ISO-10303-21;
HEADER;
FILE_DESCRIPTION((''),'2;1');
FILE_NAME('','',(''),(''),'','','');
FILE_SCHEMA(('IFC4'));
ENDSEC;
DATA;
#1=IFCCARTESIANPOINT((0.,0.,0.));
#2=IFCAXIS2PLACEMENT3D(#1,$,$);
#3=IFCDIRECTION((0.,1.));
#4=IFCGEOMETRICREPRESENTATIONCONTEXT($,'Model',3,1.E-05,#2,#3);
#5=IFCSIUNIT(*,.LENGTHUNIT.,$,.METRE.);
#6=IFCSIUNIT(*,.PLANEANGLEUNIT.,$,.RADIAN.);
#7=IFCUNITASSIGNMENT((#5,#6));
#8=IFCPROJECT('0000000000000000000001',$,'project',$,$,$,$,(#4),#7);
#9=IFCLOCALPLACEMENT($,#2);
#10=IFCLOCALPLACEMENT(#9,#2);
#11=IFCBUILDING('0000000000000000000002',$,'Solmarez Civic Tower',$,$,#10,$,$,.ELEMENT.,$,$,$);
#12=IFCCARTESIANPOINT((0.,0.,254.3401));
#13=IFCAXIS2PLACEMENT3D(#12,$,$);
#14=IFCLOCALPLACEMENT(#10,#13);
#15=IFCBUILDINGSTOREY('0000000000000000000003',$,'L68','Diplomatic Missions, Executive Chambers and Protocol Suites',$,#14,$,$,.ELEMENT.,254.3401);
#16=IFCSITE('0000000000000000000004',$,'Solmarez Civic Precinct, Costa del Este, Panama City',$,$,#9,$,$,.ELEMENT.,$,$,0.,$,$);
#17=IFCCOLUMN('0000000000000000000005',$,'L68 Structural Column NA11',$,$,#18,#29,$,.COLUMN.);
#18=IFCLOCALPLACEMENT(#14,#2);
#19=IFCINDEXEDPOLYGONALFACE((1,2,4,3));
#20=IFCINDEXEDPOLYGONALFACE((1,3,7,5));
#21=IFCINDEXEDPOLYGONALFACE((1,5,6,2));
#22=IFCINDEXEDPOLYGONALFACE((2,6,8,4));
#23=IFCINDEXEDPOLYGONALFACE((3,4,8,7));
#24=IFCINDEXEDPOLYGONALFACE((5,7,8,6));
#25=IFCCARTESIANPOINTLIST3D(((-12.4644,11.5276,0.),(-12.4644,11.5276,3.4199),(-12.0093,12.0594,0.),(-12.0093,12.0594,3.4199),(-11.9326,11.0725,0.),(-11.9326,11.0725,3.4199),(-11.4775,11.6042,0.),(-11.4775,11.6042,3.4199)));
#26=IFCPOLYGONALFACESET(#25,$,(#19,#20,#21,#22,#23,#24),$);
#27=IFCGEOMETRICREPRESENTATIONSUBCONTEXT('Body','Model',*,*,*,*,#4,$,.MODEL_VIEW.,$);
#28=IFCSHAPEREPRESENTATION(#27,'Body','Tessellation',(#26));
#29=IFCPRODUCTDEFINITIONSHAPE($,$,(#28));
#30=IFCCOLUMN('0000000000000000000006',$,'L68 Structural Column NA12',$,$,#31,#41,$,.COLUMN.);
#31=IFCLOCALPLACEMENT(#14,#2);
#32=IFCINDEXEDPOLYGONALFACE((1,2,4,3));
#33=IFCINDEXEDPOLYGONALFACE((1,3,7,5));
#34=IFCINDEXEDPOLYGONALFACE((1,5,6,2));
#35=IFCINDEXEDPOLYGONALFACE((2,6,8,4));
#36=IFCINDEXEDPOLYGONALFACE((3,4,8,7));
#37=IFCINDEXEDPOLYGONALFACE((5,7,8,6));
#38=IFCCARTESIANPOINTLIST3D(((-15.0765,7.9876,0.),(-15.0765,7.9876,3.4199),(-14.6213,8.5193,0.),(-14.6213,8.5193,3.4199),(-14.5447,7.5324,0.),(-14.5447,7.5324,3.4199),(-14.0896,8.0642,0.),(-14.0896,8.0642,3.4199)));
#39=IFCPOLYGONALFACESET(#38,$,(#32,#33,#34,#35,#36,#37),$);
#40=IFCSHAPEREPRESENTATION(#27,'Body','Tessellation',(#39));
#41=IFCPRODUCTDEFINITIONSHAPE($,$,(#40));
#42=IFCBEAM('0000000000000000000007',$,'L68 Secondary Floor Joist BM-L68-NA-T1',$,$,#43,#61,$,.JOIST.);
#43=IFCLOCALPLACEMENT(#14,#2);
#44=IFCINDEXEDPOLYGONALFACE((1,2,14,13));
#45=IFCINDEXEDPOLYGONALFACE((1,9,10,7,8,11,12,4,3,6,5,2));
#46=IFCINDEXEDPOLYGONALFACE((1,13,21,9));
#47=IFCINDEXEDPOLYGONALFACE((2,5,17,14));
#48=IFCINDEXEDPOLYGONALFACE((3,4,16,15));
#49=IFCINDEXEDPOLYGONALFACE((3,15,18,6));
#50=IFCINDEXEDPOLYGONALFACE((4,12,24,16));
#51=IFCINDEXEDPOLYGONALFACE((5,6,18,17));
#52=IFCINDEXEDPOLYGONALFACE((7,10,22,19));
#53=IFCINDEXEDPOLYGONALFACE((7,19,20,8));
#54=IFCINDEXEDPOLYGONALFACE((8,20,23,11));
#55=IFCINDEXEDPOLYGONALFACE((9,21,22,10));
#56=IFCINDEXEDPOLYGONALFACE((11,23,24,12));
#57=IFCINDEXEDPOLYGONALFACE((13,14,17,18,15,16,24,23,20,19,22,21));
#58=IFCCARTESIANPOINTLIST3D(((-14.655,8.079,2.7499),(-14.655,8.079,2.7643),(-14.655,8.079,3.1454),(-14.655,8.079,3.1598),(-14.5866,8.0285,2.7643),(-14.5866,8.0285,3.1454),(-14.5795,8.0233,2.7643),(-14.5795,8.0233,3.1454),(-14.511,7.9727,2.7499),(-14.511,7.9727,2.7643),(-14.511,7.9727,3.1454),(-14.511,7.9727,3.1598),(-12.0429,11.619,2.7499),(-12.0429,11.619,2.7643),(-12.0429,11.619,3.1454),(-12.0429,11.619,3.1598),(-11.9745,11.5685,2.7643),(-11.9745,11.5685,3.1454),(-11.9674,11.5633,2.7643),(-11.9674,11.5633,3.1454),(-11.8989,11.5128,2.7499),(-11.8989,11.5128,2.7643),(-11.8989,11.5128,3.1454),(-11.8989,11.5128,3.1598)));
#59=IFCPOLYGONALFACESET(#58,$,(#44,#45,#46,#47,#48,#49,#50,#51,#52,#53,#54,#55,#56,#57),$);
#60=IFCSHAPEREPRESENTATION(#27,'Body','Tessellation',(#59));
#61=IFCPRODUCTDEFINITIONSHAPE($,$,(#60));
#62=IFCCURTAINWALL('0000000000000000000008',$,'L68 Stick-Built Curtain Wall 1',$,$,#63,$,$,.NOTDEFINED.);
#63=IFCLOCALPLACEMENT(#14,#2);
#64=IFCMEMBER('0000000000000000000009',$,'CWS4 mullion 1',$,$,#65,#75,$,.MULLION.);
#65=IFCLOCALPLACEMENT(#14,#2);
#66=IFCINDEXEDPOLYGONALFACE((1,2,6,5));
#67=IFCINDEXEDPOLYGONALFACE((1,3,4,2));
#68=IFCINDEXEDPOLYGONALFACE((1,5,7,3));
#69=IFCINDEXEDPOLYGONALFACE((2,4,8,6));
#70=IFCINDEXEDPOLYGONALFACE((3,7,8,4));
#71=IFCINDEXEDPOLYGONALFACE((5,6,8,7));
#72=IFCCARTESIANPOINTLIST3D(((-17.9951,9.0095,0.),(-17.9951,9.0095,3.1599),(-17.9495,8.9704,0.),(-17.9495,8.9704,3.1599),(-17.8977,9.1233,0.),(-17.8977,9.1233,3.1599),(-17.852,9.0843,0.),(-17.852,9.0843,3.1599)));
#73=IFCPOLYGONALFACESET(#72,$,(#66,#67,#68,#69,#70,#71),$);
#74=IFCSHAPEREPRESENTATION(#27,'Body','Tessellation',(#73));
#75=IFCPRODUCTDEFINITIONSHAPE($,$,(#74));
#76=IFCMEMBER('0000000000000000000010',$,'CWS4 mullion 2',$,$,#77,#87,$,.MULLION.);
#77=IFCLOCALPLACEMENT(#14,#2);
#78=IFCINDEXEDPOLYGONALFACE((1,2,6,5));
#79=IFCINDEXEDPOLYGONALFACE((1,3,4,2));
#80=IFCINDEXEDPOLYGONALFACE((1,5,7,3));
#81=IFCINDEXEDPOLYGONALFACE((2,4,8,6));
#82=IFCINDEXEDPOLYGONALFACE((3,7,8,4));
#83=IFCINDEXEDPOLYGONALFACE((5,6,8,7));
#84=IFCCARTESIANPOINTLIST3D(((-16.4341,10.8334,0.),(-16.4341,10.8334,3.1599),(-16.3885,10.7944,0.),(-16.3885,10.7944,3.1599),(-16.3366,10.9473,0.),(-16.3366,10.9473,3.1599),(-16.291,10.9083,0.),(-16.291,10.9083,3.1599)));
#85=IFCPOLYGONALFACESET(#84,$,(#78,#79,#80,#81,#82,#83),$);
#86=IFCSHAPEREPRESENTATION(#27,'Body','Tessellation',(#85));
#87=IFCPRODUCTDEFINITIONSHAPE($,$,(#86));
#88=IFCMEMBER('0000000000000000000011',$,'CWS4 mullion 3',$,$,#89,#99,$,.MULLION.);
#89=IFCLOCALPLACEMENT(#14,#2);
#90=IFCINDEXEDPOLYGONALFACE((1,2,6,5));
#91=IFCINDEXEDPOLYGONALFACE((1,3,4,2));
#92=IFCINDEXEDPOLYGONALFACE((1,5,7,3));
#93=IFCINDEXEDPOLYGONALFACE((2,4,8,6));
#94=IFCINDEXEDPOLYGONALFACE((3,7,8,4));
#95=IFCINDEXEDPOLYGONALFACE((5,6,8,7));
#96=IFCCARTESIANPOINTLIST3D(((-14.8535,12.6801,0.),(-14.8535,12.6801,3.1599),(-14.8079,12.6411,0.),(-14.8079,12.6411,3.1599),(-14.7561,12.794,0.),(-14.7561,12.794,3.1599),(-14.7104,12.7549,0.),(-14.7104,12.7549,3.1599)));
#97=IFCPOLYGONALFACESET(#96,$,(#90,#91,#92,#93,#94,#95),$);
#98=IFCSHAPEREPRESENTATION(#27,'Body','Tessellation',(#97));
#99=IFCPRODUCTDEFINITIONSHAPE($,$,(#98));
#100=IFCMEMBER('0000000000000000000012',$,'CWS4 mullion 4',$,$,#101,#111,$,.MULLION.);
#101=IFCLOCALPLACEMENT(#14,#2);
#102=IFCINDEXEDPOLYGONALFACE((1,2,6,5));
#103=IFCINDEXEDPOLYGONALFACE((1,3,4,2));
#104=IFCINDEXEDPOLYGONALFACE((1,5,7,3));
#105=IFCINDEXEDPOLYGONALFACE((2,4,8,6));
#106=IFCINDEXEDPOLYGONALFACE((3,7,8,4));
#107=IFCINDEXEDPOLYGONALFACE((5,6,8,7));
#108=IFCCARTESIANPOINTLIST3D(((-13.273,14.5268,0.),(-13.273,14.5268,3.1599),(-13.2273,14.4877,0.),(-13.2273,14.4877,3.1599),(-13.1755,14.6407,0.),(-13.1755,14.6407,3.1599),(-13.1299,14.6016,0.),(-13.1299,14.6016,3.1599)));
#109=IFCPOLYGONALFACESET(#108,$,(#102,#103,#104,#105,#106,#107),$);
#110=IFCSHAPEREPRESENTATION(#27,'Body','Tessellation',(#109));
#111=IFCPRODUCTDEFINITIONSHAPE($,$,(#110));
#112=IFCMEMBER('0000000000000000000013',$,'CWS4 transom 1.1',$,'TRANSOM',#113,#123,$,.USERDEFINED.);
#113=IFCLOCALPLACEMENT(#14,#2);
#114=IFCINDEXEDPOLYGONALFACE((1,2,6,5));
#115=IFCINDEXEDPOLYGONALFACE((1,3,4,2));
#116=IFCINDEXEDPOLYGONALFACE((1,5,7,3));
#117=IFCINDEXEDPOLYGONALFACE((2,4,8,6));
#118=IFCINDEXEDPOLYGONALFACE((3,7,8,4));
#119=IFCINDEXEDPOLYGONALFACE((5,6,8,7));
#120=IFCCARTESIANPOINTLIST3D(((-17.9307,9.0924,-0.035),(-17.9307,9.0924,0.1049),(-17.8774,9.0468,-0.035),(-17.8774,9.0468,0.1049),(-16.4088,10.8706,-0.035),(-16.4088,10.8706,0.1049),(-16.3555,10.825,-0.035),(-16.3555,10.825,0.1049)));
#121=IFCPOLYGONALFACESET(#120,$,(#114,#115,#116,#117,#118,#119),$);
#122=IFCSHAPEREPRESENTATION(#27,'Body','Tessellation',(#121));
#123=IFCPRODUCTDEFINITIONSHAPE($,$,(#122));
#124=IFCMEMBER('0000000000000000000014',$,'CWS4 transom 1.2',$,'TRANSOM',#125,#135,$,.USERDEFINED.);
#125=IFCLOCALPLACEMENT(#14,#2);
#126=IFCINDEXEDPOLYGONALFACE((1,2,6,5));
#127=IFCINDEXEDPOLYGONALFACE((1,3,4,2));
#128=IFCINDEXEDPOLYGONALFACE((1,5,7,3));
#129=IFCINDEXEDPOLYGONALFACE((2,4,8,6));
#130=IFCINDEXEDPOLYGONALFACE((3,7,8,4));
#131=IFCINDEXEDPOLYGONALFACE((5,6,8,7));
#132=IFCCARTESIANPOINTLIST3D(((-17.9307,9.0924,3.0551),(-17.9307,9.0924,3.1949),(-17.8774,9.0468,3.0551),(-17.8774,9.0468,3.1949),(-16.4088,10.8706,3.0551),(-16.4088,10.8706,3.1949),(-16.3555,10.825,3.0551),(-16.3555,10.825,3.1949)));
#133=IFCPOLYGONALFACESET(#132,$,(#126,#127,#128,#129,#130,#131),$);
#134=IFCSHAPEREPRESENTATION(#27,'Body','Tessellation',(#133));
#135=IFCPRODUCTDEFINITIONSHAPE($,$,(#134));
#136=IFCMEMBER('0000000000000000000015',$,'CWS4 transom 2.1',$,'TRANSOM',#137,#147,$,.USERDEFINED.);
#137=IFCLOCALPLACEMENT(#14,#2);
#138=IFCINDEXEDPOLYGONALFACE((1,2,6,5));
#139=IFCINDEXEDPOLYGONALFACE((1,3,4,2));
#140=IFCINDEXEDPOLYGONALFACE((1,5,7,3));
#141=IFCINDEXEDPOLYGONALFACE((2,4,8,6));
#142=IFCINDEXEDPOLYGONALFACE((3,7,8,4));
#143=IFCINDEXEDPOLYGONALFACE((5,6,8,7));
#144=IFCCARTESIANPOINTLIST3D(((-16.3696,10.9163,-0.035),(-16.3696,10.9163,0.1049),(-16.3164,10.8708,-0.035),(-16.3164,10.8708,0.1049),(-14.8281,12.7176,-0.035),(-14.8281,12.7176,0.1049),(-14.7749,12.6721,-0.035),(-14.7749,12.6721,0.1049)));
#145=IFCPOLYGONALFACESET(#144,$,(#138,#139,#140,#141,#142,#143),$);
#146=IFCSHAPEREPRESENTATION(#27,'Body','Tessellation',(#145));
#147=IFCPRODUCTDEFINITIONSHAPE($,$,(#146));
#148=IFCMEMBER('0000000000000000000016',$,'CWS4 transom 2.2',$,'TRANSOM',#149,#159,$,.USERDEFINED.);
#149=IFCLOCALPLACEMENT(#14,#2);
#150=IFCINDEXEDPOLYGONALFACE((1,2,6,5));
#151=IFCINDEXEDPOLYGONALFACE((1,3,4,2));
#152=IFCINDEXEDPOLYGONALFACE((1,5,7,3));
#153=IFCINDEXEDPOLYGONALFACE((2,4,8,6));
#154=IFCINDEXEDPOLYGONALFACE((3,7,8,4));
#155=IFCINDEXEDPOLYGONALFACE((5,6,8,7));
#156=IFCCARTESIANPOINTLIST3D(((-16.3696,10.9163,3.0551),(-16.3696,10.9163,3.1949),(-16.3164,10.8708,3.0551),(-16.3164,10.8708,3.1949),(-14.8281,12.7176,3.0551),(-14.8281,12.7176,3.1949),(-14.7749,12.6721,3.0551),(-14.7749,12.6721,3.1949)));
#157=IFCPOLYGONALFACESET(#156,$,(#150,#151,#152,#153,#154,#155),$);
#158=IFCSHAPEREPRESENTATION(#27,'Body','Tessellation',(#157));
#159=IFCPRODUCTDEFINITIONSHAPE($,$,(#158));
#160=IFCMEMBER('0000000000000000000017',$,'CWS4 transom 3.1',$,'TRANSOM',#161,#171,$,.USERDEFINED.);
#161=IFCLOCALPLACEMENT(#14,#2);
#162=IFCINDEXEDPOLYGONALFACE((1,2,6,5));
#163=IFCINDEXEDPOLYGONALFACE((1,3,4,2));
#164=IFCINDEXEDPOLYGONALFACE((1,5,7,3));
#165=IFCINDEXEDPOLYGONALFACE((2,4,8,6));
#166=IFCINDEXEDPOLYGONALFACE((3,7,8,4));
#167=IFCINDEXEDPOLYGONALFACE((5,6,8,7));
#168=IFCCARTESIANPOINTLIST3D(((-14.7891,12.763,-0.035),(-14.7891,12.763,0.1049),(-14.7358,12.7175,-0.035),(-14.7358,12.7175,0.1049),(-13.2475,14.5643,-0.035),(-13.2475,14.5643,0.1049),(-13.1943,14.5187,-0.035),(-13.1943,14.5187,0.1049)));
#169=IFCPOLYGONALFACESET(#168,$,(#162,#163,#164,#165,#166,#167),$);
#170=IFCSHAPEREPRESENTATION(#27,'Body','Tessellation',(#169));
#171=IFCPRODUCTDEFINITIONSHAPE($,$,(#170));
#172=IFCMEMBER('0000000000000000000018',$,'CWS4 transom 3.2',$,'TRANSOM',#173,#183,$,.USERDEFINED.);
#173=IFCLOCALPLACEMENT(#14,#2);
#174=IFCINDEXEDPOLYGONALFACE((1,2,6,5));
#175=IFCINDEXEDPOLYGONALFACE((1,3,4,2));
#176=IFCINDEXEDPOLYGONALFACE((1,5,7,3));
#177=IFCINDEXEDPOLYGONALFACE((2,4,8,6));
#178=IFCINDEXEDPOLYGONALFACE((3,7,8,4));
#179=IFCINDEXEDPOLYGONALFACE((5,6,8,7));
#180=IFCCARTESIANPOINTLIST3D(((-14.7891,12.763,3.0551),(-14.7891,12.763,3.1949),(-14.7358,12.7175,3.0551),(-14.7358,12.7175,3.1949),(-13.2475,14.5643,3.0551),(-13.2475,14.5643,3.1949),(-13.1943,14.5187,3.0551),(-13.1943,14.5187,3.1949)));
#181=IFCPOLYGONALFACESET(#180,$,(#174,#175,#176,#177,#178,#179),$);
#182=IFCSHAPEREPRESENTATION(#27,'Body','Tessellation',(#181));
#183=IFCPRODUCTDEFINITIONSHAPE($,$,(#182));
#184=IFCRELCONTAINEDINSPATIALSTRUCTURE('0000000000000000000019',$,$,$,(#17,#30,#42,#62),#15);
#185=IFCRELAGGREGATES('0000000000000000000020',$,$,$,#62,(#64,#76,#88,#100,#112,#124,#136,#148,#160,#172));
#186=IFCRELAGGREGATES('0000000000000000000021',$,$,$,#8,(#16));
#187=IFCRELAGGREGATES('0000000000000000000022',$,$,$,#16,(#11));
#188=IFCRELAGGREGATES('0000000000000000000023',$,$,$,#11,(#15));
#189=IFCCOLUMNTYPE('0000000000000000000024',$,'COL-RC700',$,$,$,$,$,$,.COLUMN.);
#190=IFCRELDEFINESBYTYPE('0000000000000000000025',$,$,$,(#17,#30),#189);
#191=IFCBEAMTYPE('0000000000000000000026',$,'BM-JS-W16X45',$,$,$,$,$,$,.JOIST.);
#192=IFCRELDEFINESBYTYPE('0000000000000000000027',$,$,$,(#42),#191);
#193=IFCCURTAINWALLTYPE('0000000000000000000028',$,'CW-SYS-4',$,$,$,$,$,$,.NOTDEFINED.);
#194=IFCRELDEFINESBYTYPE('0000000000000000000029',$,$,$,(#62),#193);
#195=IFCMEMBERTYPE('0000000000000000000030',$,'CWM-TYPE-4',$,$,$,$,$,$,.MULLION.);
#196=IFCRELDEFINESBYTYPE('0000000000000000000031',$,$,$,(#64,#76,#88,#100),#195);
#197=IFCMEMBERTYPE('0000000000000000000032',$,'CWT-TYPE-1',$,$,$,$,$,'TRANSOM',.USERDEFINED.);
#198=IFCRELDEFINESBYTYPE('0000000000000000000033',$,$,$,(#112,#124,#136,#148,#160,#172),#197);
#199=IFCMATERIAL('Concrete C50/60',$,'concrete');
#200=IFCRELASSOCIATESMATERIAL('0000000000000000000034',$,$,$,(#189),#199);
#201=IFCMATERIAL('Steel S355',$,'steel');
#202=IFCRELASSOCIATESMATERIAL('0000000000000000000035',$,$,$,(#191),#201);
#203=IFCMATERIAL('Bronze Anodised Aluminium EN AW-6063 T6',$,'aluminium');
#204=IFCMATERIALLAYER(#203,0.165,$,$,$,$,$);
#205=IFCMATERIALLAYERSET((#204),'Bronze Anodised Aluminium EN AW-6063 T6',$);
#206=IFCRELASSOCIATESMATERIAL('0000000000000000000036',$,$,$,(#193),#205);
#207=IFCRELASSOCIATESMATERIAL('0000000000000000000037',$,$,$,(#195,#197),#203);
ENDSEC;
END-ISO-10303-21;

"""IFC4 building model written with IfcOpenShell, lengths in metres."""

from ifc_helpers import new_model, si_unit, direction, frame, origin, origin_2d, place, context, subcontext, project, spatial, rectangle, i_section, extrude, material, layer, layer_set, material_profile, profile_set, type_object, element, aggregate, save


model = new_model("IFC4")

# Units and contexts
model_context = context("Model", 3, precision=1e-05, world=origin(), true_north=direction((0.0, 1.0)))
body_context = subcontext(model_context, "Body", "Model", "MODEL_VIEW")
ifc_project = project(units=[si_unit("LENGTHUNIT", "METRE"), si_unit("PLANEANGLEUNIT", "RADIAN")], contexts=[model_context])

# Site, building, storey
site_placement = place(None, origin())
site = spatial("IfcSite", under=ifc_project, at=site_placement, Name="Solmarez Civic Precinct, Costa del Este, Panama City", CompositionType="ELEMENT", RefElevation=0.0)
building_placement = place(site_placement, origin())
building = spatial("IfcBuilding", under=site, at=building_placement, Name="Solmarez Civic Tower", CompositionType="ELEMENT")
storey_placement = place(building_placement, frame((0.0, 0.0, 254.3401)))
storey = spatial("IfcBuildingStorey", under=building, at=storey_placement, Name="L68", Description="Diplomatic Missions, Executive Chambers and Protocol Suites", CompositionType="ELEMENT", Elevation=254.3401)

# Columns
ifc_material_1 = material(Name="Concrete C50/60", Category="concrete")
ifc_material_profile_1 = material_profile(ifc_material_1, rectangle(XDim=0.7, YDim=0.7, at=origin_2d()), Name="RC700X700")
ifc_profile_set_1 = profile_set([ifc_material_profile_1], Name="Concrete C50/60")
column_type = type_object("IfcColumnType", Name="COL-RC700", PredefinedType="COLUMN", material=ifc_profile_set_1)
for number, where, z_axis, x_axis, name in (
    (1, (-11.9709, 11.5659, 0.0), (0.0, 0.0, 1.0), (0.650244, 0.759725, 0.0), "L68 Structural Column NA11"),
    (2, (-14.583, 8.0259, 0.0), (0.0, 0.0, 1.0), (0.650244, 0.759725, 0.0), "L68 Structural Column NA12"),
):
    element("IfcColumn", number, at=place(storey_placement, frame(where, z_axis=z_axis, x_axis=x_axis)), inside=storey, type_object=column_type, Name=name, PredefinedType="COLUMN", context=body_context, shape_type="SweptSolid", body=[
        extrude(rectangle(XDim=0.7, YDim=0.7, at=origin_2d()), origin(), (0.0, 0.0, 1.0), 3.4199),
    ])

# Beam
ifc_material_2 = material(Name="Steel S355", Category="steel")
ifc_material_profile_2 = material_profile(ifc_material_2, i_section(OverallWidth=0.179, OverallDepth=0.4099, WebThickness=0.0088, FlangeThickness=0.0144, at=origin_2d()), Name="W16X45")
ifc_profile_set_2 = profile_set([ifc_material_profile_2], Name="Steel S355")
beam_type = type_object("IfcBeamType", Name="BM-JS-W16X45", PredefinedType="JOIST", material=ifc_profile_set_2)
beam_placement = place(storey_placement, frame((-11.9709, 11.5659, 2.9548), z_axis=(-0.593731, -0.804664, 0.0), x_axis=(0.804664, -0.593731, 0.0)))
element("IfcBeam", 3, at=beam_placement, inside=storey, type_object=beam_type, Name="L68 Secondary Floor Joist BM-L68-NA-T1", PredefinedType="JOIST", context=body_context, shape_type="SweptSolid", body=[
    extrude(i_section(OverallWidth=0.179, OverallDepth=0.4099, WebThickness=0.0088, FlangeThickness=0.0144, at=origin_2d()), origin(), (0.0, 0.0, 1.0), 4.3994),
])

# Curtain wall, members
ifc_material_3 = material(Name="Bronze Anodised Aluminium EN AW-6063 T6", Category="aluminium")
ifc_layer_1 = layer(ifc_material_3, 0.165)
ifc_layer_set_1 = layer_set([ifc_layer_1], Name="Bronze Anodised Aluminium EN AW-6063 T6")
curtain_wall_type = type_object("IfcCurtainWallType", Name="CW-SYS-4", PredefinedType="NOTDEFINED", material=ifc_layer_set_1)
curtain_wall_placement = place(storey_placement, origin())
curtain_wall = element("IfcCurtainWall", 4, at=curtain_wall_placement, inside=storey, type_object=curtain_wall_type, Name="L68 Stick-Built Curtain Wall 1", PredefinedType="NOTDEFINED")
ifc_material_profile_3 = material_profile(ifc_material_3, rectangle(XDim=0.0601, YDim=0.1499, at=origin_2d()), Name="CWM-60X150")
ifc_profile_set_3 = profile_set([ifc_material_profile_3], Name="Bronze Anodised Aluminium EN AW-6063 T6")
member_type_1 = type_object("IfcMemberType", Name="CWM-TYPE-4", PredefinedType="MULLION", material=ifc_profile_set_3)
member_1_placement = place(storey_placement, frame((-17.9236, 9.0469, 0.0), z_axis=(0.0, 0.0, 1.0), x_axis=(-0.75975, 0.650215, 0.0)))
member_1 = element("IfcMember", 5, at=member_1_placement, type_object=member_type_1, Name="CWS4 mullion 1", PredefinedType="MULLION", context=body_context, shape_type="SweptSolid", body=[
    extrude(rectangle(XDim=0.0601, YDim=0.1499, at=origin_2d()), origin(), (0.0, 0.0, 1.0), 3.1599),
])
member_2_placement = place(storey_placement, frame((-16.3625, 10.8708, 0.0), z_axis=(0.0, 0.0, 1.0), x_axis=(-0.75975, 0.650215, 0.0)))
member_2 = element("IfcMember", 6, at=member_2_placement, type_object=member_type_1, Name="CWS4 mullion 2", PredefinedType="MULLION", context=body_context, shape_type="SweptSolid", body=[
    extrude(rectangle(XDim=0.0601, YDim=0.1499, at=origin_2d()), origin(), (0.0, 0.0, 1.0), 3.1599),
])
member_3_placement = place(storey_placement, frame((-14.782, 12.7175, 0.0), z_axis=(0.0, 0.0, 1.0), x_axis=(-0.75975, 0.650215, 0.0)))
member_3 = element("IfcMember", 7, at=member_3_placement, type_object=member_type_1, Name="CWS4 mullion 3", PredefinedType="MULLION", context=body_context, shape_type="SweptSolid", body=[
    extrude(rectangle(XDim=0.0601, YDim=0.1499, at=origin_2d()), origin(), (0.0, 0.0, 1.0), 3.1599),
])
member_4_placement = place(storey_placement, frame((-13.2014, 14.5642, 0.0), z_axis=(0.0, 0.0, 1.0), x_axis=(-0.75975, 0.650215, 0.0)))
member_4 = element("IfcMember", 8, at=member_4_placement, type_object=member_type_1, Name="CWS4 mullion 4", PredefinedType="MULLION", context=body_context, shape_type="SweptSolid", body=[
    extrude(rectangle(XDim=0.0601, YDim=0.1499, at=origin_2d()), origin(), (0.0, 0.0, 1.0), 3.1599),
])
ifc_material_profile_4 = material_profile(ifc_material_3, rectangle(XDim=0.0701, YDim=0.1399, at=origin_2d()), Name="CWT-70X140")
ifc_profile_set_4 = profile_set([ifc_material_profile_4], Name="Bronze Anodised Aluminium EN AW-6063 T6")
member_type_2 = type_object("IfcMemberType", Name="CWT-TYPE-1", ElementType="TRANSOM", PredefinedType="USERDEFINED", material=ifc_profile_set_4)
member_5_placement = place(storey_placement, frame((-17.9041, 9.0696, 0.0349), z_axis=(0.650224, 0.759742, 0.0), x_axis=(-0.759742, 0.650224, 0.0)))
member_5 = element("IfcMember", 9, at=member_5_placement, type_object=member_type_2, Name="CWS4 transom 1.1", ObjectType="TRANSOM", PredefinedType="USERDEFINED", context=body_context, shape_type="SweptSolid", body=[
    extrude(rectangle(XDim=0.0701, YDim=0.1399, at=origin_2d()), origin(), (0.0, 0.0, 1.0), 2.3406),
])
member_6_placement = place(storey_placement, frame((-17.9041, 9.0696, 3.125), z_axis=(0.650224, 0.759742, 0.0), x_axis=(-0.759742, 0.650224, 0.0)))
member_6 = element("IfcMember", 10, at=member_6_placement, type_object=member_type_2, Name="CWS4 transom 1.2", ObjectType="TRANSOM", PredefinedType="USERDEFINED", context=body_context, shape_type="SweptSolid", body=[
    extrude(rectangle(XDim=0.0701, YDim=0.1399, at=origin_2d()), origin(), (0.0, 0.0, 1.0), 2.3406),
])
member_7_placement = place(storey_placement, frame((-16.343, 10.8936, 0.0349), z_axis=(0.650198, 0.759765, 0.0), x_axis=(-0.759765, 0.650198, 0.0)))
member_7 = element("IfcMember", 11, at=member_7_placement, type_object=member_type_2, Name="CWS4 transom 2.1", ObjectType="TRANSOM", PredefinedType="USERDEFINED", context=body_context, shape_type="SweptSolid", body=[
    extrude(rectangle(XDim=0.0701, YDim=0.1399, at=origin_2d()), origin(), (0.0, 0.0, 1.0), 2.3708),
])
member_8_placement = place(storey_placement, frame((-16.343, 10.8936, 3.125), z_axis=(0.650198, 0.759765, 0.0), x_axis=(-0.759765, 0.650198, 0.0)))
member_8 = element("IfcMember", 12, at=member_8_placement, type_object=member_type_2, Name="CWS4 transom 2.2", ObjectType="TRANSOM", PredefinedType="USERDEFINED", context=body_context, shape_type="SweptSolid", body=[
    extrude(rectangle(XDim=0.0701, YDim=0.1399, at=origin_2d()), origin(), (0.0, 0.0, 1.0), 2.3708),
])
member_9_placement = place(storey_placement, frame((-14.7625, 12.7402, 0.0349), z_axis=(0.650198, 0.759765, 0.0), x_axis=(-0.759765, 0.650198, 0.0)))
member_9 = element("IfcMember", 13, at=member_9_placement, type_object=member_type_2, Name="CWS4 transom 3.1", ObjectType="TRANSOM", PredefinedType="USERDEFINED", context=body_context, shape_type="SweptSolid", body=[
    extrude(rectangle(XDim=0.0701, YDim=0.1399, at=origin_2d()), origin(), (0.0, 0.0, 1.0), 2.3708),
])
member_10_placement = place(storey_placement, frame((-14.7625, 12.7402, 3.125), z_axis=(0.650198, 0.759765, 0.0), x_axis=(-0.759765, 0.650198, 0.0)))
member_10 = element("IfcMember", 14, at=member_10_placement, type_object=member_type_2, Name="CWS4 transom 3.2", ObjectType="TRANSOM", PredefinedType="USERDEFINED", context=body_context, shape_type="SweptSolid", body=[
    extrude(rectangle(XDim=0.0701, YDim=0.1399, at=origin_2d()), origin(), (0.0, 0.0, 1.0), 2.3708),
])
aggregate(curtain_wall, [member_1, member_2, member_3, member_4, member_5, member_6, member_7, member_8, member_9, member_10])

save(model, "model.ifc")
